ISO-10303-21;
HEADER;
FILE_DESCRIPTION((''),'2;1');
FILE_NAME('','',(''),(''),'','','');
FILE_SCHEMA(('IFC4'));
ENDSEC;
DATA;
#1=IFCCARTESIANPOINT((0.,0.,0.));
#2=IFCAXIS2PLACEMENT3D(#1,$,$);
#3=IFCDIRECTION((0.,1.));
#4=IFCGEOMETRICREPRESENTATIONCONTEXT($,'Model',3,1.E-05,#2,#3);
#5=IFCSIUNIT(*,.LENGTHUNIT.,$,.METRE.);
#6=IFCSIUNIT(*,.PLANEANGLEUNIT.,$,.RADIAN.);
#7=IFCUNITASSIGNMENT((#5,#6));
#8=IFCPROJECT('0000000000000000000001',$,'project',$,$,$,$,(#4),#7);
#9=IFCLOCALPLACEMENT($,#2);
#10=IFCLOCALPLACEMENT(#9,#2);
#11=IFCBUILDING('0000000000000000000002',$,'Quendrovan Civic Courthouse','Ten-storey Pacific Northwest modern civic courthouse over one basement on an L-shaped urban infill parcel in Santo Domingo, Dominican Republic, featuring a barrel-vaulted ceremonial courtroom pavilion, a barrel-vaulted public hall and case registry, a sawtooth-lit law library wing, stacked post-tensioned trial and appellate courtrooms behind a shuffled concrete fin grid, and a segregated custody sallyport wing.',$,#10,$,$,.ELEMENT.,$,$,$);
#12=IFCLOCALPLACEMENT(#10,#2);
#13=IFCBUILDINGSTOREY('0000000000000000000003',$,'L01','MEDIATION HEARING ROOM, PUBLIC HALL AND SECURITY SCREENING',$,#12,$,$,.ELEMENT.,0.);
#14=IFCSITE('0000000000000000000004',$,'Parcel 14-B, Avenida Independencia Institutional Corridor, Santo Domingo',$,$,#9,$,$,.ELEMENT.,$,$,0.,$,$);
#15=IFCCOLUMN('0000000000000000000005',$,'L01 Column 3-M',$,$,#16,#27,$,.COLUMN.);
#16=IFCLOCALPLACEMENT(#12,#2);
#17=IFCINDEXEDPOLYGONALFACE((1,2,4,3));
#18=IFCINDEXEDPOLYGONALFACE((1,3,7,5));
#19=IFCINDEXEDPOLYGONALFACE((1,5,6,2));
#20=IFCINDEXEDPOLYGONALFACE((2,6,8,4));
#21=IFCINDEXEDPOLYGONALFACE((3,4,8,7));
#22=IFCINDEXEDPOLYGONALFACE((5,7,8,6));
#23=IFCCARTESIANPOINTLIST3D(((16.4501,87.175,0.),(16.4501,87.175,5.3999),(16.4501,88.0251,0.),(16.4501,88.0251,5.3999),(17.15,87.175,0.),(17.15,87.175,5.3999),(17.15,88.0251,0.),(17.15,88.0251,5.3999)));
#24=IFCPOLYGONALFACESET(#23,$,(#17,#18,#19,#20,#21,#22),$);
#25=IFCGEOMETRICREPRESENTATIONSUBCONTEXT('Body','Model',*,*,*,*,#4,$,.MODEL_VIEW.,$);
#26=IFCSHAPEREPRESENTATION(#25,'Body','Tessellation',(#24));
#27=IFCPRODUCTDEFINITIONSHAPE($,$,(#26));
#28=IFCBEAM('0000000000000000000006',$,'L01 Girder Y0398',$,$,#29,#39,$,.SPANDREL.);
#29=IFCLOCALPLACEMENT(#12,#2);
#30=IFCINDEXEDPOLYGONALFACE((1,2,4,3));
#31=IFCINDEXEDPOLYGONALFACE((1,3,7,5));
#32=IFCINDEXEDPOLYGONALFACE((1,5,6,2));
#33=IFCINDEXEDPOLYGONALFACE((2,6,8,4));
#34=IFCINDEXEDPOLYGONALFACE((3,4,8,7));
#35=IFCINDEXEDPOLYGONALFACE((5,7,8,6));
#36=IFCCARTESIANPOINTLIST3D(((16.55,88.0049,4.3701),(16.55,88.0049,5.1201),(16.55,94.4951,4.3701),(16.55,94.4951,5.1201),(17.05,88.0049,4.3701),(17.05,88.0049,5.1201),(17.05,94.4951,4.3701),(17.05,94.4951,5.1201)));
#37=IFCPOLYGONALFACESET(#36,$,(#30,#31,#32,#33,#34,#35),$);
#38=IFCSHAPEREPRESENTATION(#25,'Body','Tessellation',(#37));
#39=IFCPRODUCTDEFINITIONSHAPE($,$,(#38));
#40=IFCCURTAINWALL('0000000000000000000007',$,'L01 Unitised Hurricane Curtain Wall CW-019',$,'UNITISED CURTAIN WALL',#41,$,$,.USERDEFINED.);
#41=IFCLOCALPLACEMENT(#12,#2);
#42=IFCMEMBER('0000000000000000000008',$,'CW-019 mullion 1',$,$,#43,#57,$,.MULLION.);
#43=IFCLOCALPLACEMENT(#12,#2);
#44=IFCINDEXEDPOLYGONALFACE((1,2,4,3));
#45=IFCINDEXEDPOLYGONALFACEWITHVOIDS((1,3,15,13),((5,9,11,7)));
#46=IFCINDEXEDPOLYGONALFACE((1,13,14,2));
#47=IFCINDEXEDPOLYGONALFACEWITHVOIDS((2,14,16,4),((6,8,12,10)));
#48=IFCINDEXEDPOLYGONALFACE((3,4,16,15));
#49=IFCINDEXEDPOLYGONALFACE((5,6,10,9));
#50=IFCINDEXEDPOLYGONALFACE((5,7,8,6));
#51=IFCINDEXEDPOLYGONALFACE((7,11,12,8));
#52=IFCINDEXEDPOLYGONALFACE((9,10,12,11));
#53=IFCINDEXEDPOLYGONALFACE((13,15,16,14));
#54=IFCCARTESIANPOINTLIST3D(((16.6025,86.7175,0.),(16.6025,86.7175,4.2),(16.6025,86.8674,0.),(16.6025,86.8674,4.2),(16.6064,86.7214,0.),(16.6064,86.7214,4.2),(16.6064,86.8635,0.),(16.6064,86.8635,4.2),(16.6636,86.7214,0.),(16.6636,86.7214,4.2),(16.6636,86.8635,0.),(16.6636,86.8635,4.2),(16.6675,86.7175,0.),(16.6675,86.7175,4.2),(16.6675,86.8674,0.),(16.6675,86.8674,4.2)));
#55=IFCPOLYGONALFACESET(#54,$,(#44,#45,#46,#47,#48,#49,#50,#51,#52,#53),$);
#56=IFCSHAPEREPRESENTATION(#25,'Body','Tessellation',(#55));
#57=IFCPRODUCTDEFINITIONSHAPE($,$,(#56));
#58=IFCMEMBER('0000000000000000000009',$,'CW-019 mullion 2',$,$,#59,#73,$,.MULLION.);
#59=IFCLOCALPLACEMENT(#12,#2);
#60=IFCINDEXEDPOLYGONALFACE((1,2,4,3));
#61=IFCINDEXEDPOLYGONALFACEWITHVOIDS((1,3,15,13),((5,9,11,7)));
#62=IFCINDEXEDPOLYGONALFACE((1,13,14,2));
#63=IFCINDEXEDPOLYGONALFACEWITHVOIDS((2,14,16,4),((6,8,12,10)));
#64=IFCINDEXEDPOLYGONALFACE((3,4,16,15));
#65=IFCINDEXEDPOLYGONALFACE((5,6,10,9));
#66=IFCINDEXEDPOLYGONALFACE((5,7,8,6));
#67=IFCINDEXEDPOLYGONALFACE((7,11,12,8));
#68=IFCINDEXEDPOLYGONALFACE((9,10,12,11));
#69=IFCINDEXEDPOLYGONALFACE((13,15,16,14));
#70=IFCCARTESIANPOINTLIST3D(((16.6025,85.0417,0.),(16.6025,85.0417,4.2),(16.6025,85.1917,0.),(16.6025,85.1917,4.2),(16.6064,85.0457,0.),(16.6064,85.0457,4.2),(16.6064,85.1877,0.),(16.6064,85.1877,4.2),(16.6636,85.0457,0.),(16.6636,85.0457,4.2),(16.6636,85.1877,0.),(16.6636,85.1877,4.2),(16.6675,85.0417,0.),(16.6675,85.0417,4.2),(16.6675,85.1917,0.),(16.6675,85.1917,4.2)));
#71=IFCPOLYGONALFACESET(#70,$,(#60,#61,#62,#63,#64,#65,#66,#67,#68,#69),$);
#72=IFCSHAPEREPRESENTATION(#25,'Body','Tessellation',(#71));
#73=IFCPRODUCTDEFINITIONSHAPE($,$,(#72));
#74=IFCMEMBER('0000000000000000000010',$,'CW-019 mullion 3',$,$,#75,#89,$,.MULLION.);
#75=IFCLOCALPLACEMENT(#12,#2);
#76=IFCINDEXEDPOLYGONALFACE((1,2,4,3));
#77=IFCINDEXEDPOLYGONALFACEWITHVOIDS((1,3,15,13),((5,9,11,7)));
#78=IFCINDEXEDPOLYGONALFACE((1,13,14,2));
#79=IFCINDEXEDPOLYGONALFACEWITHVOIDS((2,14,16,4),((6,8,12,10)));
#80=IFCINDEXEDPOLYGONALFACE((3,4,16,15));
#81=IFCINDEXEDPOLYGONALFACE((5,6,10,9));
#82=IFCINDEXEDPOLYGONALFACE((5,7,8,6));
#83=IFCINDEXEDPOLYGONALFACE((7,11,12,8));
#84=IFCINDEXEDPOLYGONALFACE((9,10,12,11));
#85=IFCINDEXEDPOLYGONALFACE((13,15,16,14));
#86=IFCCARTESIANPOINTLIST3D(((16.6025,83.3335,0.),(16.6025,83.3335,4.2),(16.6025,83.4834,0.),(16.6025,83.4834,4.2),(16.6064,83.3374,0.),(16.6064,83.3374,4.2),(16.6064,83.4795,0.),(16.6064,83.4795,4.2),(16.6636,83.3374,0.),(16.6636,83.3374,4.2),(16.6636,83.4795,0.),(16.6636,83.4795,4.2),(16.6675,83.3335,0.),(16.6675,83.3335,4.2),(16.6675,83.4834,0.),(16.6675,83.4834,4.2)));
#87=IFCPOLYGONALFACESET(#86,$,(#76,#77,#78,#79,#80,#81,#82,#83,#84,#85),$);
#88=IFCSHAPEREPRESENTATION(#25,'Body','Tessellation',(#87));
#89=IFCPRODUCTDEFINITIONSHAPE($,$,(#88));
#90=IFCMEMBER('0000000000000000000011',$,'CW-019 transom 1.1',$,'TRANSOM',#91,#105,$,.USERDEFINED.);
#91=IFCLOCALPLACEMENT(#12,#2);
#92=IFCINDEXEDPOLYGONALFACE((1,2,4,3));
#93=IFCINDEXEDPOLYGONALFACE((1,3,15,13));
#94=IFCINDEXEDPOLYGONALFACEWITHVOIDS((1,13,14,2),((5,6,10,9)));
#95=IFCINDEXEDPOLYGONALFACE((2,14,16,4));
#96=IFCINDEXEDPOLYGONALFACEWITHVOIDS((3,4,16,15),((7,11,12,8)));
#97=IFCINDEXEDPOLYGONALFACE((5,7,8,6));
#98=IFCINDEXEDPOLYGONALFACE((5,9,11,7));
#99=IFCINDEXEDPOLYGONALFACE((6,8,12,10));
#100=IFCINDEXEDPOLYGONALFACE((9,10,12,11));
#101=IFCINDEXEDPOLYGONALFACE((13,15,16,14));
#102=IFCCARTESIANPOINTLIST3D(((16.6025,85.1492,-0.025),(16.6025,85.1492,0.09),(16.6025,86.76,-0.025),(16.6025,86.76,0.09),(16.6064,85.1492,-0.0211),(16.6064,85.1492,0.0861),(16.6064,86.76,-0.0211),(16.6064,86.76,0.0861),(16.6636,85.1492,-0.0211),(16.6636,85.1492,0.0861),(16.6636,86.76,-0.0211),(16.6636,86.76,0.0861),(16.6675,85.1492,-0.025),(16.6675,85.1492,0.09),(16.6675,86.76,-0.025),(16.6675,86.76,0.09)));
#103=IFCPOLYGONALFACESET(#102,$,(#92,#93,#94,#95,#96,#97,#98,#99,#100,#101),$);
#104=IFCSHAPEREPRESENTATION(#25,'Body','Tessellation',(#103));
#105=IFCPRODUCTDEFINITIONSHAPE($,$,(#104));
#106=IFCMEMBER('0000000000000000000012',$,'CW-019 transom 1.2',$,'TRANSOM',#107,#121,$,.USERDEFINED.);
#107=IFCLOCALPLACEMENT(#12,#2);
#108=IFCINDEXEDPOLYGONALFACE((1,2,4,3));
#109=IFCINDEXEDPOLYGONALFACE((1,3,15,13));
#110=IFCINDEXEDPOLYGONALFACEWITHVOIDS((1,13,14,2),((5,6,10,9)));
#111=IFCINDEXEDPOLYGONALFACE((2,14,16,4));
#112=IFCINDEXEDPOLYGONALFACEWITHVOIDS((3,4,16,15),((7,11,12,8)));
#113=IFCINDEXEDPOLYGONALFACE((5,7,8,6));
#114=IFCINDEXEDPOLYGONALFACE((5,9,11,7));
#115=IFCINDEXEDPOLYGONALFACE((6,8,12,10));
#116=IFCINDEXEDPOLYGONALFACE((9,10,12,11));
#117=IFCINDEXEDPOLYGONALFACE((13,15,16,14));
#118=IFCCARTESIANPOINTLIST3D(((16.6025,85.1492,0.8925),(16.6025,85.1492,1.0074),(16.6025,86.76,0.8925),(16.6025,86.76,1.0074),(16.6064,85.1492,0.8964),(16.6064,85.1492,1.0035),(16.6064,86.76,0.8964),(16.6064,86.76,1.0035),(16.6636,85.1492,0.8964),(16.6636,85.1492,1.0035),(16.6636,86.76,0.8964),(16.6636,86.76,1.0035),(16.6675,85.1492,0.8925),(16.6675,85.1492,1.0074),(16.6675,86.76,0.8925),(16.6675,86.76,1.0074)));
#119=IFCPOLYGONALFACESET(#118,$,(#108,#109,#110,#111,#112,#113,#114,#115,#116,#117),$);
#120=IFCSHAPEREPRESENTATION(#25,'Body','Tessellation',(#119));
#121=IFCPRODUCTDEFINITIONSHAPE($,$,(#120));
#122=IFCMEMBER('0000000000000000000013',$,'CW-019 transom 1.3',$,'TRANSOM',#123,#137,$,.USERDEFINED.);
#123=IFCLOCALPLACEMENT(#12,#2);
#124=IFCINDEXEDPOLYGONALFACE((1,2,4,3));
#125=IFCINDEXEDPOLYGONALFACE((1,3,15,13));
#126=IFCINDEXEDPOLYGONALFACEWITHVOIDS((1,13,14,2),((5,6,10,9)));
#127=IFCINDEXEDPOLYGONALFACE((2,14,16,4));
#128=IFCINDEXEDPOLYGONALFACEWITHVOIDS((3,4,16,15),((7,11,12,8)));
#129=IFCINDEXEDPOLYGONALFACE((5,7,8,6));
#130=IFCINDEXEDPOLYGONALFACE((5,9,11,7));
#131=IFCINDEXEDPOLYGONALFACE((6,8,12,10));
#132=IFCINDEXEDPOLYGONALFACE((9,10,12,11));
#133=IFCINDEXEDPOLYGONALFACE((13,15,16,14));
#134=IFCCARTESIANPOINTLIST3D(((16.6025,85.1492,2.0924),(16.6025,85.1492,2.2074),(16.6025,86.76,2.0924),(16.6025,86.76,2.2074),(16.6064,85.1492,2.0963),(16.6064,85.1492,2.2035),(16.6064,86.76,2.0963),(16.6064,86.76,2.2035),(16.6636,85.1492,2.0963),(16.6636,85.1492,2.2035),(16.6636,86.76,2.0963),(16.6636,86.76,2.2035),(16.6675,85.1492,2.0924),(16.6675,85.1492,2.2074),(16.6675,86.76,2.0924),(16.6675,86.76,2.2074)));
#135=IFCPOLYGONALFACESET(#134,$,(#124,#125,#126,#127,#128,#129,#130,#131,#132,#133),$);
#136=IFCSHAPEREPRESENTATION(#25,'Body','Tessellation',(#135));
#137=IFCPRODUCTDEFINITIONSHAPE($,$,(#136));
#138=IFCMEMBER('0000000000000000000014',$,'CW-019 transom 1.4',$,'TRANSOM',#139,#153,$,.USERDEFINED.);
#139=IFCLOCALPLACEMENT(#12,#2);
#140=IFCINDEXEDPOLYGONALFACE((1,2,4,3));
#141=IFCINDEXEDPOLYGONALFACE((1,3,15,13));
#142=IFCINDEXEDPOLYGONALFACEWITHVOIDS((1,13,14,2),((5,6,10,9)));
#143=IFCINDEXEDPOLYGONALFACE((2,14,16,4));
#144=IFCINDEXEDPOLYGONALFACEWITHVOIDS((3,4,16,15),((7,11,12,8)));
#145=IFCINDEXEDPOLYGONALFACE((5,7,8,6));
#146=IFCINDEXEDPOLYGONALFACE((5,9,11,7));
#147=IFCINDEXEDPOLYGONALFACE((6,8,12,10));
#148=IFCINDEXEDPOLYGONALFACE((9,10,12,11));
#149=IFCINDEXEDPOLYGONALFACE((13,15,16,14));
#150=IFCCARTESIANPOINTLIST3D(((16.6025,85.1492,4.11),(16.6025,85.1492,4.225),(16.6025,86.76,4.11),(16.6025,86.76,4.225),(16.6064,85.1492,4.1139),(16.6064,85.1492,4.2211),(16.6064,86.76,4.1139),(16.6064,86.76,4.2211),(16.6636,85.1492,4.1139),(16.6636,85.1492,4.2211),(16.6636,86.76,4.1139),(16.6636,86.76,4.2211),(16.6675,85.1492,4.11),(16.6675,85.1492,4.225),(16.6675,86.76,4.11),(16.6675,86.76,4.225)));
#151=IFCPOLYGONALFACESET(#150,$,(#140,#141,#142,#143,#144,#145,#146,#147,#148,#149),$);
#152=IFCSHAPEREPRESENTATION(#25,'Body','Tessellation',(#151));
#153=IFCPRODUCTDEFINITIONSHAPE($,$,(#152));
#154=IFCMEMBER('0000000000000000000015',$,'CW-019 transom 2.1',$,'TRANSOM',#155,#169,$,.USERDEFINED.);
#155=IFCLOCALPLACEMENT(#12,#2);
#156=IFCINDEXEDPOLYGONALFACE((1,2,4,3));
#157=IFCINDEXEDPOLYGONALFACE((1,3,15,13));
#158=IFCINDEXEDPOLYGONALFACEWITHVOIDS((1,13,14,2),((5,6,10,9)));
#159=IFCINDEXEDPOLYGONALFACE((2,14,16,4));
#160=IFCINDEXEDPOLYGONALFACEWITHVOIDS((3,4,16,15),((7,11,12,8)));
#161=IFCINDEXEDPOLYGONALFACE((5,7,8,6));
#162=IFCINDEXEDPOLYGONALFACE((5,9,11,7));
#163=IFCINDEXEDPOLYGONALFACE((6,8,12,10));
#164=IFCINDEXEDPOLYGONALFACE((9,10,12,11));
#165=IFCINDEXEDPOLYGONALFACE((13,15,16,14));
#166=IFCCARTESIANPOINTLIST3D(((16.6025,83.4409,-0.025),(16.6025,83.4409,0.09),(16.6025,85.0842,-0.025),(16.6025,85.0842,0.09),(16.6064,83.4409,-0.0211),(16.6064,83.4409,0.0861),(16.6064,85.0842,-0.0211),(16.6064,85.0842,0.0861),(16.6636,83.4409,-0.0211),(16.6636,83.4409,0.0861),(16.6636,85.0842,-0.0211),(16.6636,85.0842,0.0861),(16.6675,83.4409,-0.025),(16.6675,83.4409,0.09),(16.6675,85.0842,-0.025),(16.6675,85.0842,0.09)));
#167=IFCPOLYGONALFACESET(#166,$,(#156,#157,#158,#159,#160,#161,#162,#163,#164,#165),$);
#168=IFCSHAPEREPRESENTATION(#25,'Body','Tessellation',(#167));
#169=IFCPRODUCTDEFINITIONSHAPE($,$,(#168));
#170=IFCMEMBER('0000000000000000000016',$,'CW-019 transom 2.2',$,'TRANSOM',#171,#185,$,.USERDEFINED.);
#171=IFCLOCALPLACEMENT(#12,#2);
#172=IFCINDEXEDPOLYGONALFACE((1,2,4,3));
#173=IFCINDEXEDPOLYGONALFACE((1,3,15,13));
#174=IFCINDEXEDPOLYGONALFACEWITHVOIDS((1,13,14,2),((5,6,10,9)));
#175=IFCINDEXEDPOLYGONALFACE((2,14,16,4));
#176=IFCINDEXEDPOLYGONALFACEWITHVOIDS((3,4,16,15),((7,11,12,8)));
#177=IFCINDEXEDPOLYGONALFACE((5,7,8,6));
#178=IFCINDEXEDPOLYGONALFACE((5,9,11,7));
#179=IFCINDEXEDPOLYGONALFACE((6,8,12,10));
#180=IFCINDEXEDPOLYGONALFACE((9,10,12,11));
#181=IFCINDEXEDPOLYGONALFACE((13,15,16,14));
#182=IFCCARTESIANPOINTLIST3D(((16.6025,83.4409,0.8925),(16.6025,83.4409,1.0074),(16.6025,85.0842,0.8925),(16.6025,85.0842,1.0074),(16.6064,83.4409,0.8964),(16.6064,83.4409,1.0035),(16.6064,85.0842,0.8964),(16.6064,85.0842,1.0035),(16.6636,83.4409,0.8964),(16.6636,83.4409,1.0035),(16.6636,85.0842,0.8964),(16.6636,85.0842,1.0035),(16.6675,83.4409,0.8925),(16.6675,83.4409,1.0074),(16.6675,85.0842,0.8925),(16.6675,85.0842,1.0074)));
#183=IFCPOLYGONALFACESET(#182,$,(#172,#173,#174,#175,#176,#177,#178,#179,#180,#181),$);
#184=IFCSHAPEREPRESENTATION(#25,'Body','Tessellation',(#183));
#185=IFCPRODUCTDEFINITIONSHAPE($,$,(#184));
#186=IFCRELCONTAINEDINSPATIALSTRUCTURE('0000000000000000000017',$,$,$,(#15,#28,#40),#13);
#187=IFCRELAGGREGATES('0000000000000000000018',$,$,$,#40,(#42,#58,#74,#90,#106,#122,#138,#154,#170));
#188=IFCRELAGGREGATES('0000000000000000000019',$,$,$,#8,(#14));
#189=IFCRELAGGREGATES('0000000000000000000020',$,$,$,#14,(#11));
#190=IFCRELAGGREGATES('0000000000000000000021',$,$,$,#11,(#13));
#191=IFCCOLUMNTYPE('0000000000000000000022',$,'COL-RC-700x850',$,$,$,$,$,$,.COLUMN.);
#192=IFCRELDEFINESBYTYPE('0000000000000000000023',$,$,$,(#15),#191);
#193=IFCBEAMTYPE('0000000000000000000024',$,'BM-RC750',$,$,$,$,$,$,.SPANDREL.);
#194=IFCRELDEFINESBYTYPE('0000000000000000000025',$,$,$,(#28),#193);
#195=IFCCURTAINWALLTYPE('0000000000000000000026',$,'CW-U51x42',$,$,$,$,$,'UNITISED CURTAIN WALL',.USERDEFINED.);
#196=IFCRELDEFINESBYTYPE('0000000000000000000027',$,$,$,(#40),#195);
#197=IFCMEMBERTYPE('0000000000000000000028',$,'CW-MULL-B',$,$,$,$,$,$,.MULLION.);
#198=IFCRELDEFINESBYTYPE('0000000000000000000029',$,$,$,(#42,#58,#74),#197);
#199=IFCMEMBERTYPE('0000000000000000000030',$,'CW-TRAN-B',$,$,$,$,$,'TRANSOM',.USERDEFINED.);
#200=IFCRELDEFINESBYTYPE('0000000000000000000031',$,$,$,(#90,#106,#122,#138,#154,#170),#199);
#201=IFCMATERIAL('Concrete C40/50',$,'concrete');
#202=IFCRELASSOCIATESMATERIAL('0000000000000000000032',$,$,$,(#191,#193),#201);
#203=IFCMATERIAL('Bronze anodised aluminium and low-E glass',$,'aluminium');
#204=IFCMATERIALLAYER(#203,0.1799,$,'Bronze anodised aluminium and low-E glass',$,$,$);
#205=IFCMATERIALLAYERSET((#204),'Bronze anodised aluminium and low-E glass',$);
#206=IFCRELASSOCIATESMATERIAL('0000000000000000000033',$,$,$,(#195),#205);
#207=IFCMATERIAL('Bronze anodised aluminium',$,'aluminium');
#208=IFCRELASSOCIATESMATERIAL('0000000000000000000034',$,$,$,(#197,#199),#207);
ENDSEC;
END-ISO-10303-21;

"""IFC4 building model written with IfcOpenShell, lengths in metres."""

from ifc_helpers import new_model, si_unit, direction, frame, origin, origin_2d, place, context, subcontext, project, spatial, rectangle, hollow_rectangle, extrude, material, layer, layer_set, material_profile, profile_set, type_object, element, aggregate, save


model = new_model("IFC4")

# Units and contexts
model_context = context("Model", 3, precision=1e-05, world=origin(), true_north=direction((0.0, 1.0)))
body_context = subcontext(model_context, "Body", "Model", "MODEL_VIEW")
ifc_project = project(units=[si_unit("LENGTHUNIT", "METRE"), si_unit("PLANEANGLEUNIT", "RADIAN")], contexts=[model_context])

# Site, building, storey
site_placement = place(None, origin())
site = spatial("IfcSite", under=ifc_project, at=site_placement, Name="Parcel 14-B, Avenida Independencia Institutional Corridor, Santo Domingo", CompositionType="ELEMENT", RefElevation=0.0)
building_placement = place(site_placement, origin())
building = spatial("IfcBuilding", under=site, at=building_placement, Name="Quendrovan Civic Courthouse", Description="Ten-storey Pacific Northwest modern civic courthouse over one basement on an L-shaped urban infill parcel in Santo Domingo, Dominican Republic, featuring a barrel-vaulted ceremonial courtroom pavilion, a barrel-vaulted public hall and case registry, a sawtooth-lit law library wing, stacked post-tensioned trial and appellate courtrooms behind a shuffled concrete fin grid, and a segregated custody sallyport wing.", CompositionType="ELEMENT")
storey_placement = place(building_placement, origin())
storey = spatial("IfcBuildingStorey", under=building, at=storey_placement, Name="L01", Description="MEDIATION HEARING ROOM, PUBLIC HALL AND SECURITY SCREENING", CompositionType="ELEMENT", Elevation=0.0)

# Column
ifc_material_1 = material(Name="Concrete C40/50", Category="concrete")
ifc_material_profile_1 = material_profile(ifc_material_1, rectangle(XDim=0.7, YDim=0.8501, at=origin_2d()), Name="RC-COL-700x850")
ifc_profile_set_1 = profile_set([ifc_material_profile_1], Name="Concrete C40/50")
column_type = type_object("IfcColumnType", Name="COL-RC-700x850", PredefinedType="COLUMN", material=ifc_profile_set_1)
column_placement = place(storey_placement, frame((16.8, 87.6001, 0.0), z_axis=(0.0, 0.0, 1.0), x_axis=(1.0, 0.0, 0.0)))
element("IfcColumn", 1, at=column_placement, inside=storey, type_object=column_type, Name="L01 Column 3-M", PredefinedType="COLUMN", context=body_context, shape_type="SweptSolid", body=[
    extrude(rectangle(XDim=0.7, YDim=0.8501, at=origin_2d()), origin(), (0.0, 0.0, 1.0), 5.3999),
])

# Beam
ifc_material_profile_2 = material_profile(ifc_material_1, rectangle(XDim=0.5, YDim=0.75, at=origin_2d()), Name="RC-BM-500x750")
ifc_profile_set_2 = profile_set([ifc_material_profile_2], Name="Concrete C40/50")
beam_type = type_object("IfcBeamType", Name="BM-RC750", PredefinedType="SPANDREL", material=ifc_profile_set_2)
beam_placement = place(storey_placement, frame((16.8, 88.0049, 4.7451), z_axis=(0.0, 1.0, 0.0), x_axis=(-1.0, 0.0, 0.0)))
element("IfcBeam", 2, at=beam_placement, inside=storey, type_object=beam_type, Name="L01 Girder Y0398", PredefinedType="SPANDREL", context=body_context, shape_type="SweptSolid", body=[
    extrude(rectangle(XDim=0.5, YDim=0.75, at=origin_2d()), origin(), (0.0, 0.0, 1.0), 6.4902),
])

# Curtain wall, members
ifc_material_2 = material(Name="Bronze anodised aluminium and low-E glass", Category="aluminium")
ifc_layer_1 = layer(ifc_material_2, 0.1799, Name="Bronze anodised aluminium and low-E glass")
ifc_layer_set_1 = layer_set([ifc_layer_1], Name="Bronze anodised aluminium and low-E glass")
curtain_wall_type = type_object("IfcCurtainWallType", Name="CW-U51x42", ElementType="UNITISED CURTAIN WALL", PredefinedType="USERDEFINED", material=ifc_layer_set_1)
curtain_wall_placement = place(storey_placement, origin())
curtain_wall = element("IfcCurtainWall", 3, at=curtain_wall_placement, inside=storey, type_object=curtain_wall_type, Name="L01 Unitised Hurricane Curtain Wall CW-019", ObjectType="UNITISED CURTAIN WALL", PredefinedType="USERDEFINED")
ifc_material_3 = material(Name="Bronze anodised aluminium", Category="aluminium")
ifc_material_profile_3 = material_profile(ifc_material_3, hollow_rectangle(XDim=0.0649, YDim=0.1499, WallThickness=0.0039, at=origin_2d()), Name="CW-MULL-65x150")
ifc_profile_set_3 = profile_set([ifc_material_profile_3], Name="Bronze anodised aluminium")
member_type_1 = type_object("IfcMemberType", Name="CW-MULL-B", PredefinedType="MULLION", material=ifc_profile_set_3)
member_1_placement = place(storey_placement, frame((16.635, 86.7925, 0.0), z_axis=(0.0, 0.0, 1.0), x_axis=(1.0, 0.0, 0.0)))
member_1 = element("IfcMember", 4, at=member_1_placement, type_object=member_type_1, Name="CW-019 mullion 1", PredefinedType="MULLION", context=body_context, shape_type="SweptSolid", body=[
    extrude(hollow_rectangle(XDim=0.0649, YDim=0.1499, WallThickness=0.0039, at=origin_2d()), origin(), (0.0, 0.0, 1.0), 4.2),
])
member_2_placement = place(storey_placement, frame((16.635, 85.1167, 0.0), z_axis=(0.0, 0.0, 1.0), x_axis=(1.0, 0.0, 0.0)))
member_2 = element("IfcMember", 5, at=member_2_placement, type_object=member_type_1, Name="CW-019 mullion 2", PredefinedType="MULLION", context=body_context, shape_type="SweptSolid", body=[
    extrude(hollow_rectangle(XDim=0.0649, YDim=0.1499, WallThickness=0.0039, at=origin_2d()), origin(), (0.0, 0.0, 1.0), 4.2),
])
member_3_placement = place(storey_placement, frame((16.635, 83.4084, 0.0), z_axis=(0.0, 0.0, 1.0), x_axis=(1.0, 0.0, 0.0)))
member_3 = element("IfcMember", 6, at=member_3_placement, type_object=member_type_1, Name="CW-019 mullion 3", PredefinedType="MULLION", context=body_context, shape_type="SweptSolid", body=[
    extrude(hollow_rectangle(XDim=0.0649, YDim=0.1499, WallThickness=0.0039, at=origin_2d()), origin(), (0.0, 0.0, 1.0), 4.2),
])
ifc_material_profile_4 = material_profile(ifc_material_3, hollow_rectangle(XDim=0.0649, YDim=0.115, WallThickness=0.0039, at=origin_2d()), Name="CW-TRAN-65x115")
ifc_profile_set_4 = profile_set([ifc_material_profile_4], Name="Bronze anodised aluminium")
member_type_2 = type_object("IfcMemberType", Name="CW-TRAN-B", ElementType="TRANSOM", PredefinedType="USERDEFINED", material=ifc_profile_set_4)
member_4_placement = place(storey_placement, frame((16.635, 86.76, 0.0325), z_axis=(0.0, -1.0, 0.0), x_axis=(1.0, 0.0, 0.0)))
member_4 = element("IfcMember", 7, at=member_4_placement, type_object=member_type_2, Name="CW-019 transom 1.1", ObjectType="TRANSOM", PredefinedType="USERDEFINED", context=body_context, shape_type="SweptSolid", body=[
    extrude(hollow_rectangle(XDim=0.0649, YDim=0.115, WallThickness=0.0039, at=origin_2d()), origin(), (0.0, 0.0, 1.0), 1.6108),
])
member_5_placement = place(storey_placement, frame((16.635, 86.76, 0.95), z_axis=(0.0, -1.0, 0.0), x_axis=(1.0, 0.0, 0.0)))
member_5 = element("IfcMember", 8, at=member_5_placement, type_object=member_type_2, Name="CW-019 transom 1.2", ObjectType="TRANSOM", PredefinedType="USERDEFINED", context=body_context, shape_type="SweptSolid", body=[
    extrude(hollow_rectangle(XDim=0.0649, YDim=0.115, WallThickness=0.0039, at=origin_2d()), origin(), (0.0, 0.0, 1.0), 1.6108),
])
member_6_placement = place(storey_placement, frame((16.635, 86.76, 2.1499), z_axis=(0.0, -1.0, 0.0), x_axis=(1.0, 0.0, 0.0)))
member_6 = element("IfcMember", 9, at=member_6_placement, type_object=member_type_2, Name="CW-019 transom 1.3", ObjectType="TRANSOM", PredefinedType="USERDEFINED", context=body_context, shape_type="SweptSolid", body=[
    extrude(hollow_rectangle(XDim=0.0649, YDim=0.115, WallThickness=0.0039, at=origin_2d()), origin(), (0.0, 0.0, 1.0), 1.6108),
])
member_7_placement = place(storey_placement, frame((16.635, 86.76, 4.1675), z_axis=(0.0, -1.0, 0.0), x_axis=(1.0, 0.0, 0.0)))
member_7 = element("IfcMember", 10, at=member_7_placement, type_object=member_type_2, Name="CW-019 transom 1.4", ObjectType="TRANSOM", PredefinedType="USERDEFINED", context=body_context, shape_type="SweptSolid", body=[
    extrude(hollow_rectangle(XDim=0.0649, YDim=0.115, WallThickness=0.0039, at=origin_2d()), origin(), (0.0, 0.0, 1.0), 1.6108),
])
member_8_placement = place(storey_placement, frame((16.635, 85.0842, 0.0325), z_axis=(0.0, -1.0, 0.0), x_axis=(1.0, 0.0, 0.0)))
member_8 = element("IfcMember", 11, at=member_8_placement, type_object=member_type_2, Name="CW-019 transom 2.1", ObjectType="TRANSOM", PredefinedType="USERDEFINED", context=body_context, shape_type="SweptSolid", body=[
    extrude(hollow_rectangle(XDim=0.0649, YDim=0.115, WallThickness=0.0039, at=origin_2d()), origin(), (0.0, 0.0, 1.0), 1.6433),
])
member_9_placement = place(storey_placement, frame((16.635, 85.0842, 0.95), z_axis=(0.0, -1.0, 0.0), x_axis=(1.0, 0.0, 0.0)))
member_9 = element("IfcMember", 12, at=member_9_placement, type_object=member_type_2, Name="CW-019 transom 2.2", ObjectType="TRANSOM", PredefinedType="USERDEFINED", context=body_context, shape_type="SweptSolid", body=[
    extrude(hollow_rectangle(XDim=0.0649, YDim=0.115, WallThickness=0.0039, at=origin_2d()), origin(), (0.0, 0.0, 1.0), 1.6433),
])
aggregate(curtain_wall, [member_1, member_2, member_3, member_4, member_5, member_6, member_7, member_8, member_9])

save(model, "model.ifc")
